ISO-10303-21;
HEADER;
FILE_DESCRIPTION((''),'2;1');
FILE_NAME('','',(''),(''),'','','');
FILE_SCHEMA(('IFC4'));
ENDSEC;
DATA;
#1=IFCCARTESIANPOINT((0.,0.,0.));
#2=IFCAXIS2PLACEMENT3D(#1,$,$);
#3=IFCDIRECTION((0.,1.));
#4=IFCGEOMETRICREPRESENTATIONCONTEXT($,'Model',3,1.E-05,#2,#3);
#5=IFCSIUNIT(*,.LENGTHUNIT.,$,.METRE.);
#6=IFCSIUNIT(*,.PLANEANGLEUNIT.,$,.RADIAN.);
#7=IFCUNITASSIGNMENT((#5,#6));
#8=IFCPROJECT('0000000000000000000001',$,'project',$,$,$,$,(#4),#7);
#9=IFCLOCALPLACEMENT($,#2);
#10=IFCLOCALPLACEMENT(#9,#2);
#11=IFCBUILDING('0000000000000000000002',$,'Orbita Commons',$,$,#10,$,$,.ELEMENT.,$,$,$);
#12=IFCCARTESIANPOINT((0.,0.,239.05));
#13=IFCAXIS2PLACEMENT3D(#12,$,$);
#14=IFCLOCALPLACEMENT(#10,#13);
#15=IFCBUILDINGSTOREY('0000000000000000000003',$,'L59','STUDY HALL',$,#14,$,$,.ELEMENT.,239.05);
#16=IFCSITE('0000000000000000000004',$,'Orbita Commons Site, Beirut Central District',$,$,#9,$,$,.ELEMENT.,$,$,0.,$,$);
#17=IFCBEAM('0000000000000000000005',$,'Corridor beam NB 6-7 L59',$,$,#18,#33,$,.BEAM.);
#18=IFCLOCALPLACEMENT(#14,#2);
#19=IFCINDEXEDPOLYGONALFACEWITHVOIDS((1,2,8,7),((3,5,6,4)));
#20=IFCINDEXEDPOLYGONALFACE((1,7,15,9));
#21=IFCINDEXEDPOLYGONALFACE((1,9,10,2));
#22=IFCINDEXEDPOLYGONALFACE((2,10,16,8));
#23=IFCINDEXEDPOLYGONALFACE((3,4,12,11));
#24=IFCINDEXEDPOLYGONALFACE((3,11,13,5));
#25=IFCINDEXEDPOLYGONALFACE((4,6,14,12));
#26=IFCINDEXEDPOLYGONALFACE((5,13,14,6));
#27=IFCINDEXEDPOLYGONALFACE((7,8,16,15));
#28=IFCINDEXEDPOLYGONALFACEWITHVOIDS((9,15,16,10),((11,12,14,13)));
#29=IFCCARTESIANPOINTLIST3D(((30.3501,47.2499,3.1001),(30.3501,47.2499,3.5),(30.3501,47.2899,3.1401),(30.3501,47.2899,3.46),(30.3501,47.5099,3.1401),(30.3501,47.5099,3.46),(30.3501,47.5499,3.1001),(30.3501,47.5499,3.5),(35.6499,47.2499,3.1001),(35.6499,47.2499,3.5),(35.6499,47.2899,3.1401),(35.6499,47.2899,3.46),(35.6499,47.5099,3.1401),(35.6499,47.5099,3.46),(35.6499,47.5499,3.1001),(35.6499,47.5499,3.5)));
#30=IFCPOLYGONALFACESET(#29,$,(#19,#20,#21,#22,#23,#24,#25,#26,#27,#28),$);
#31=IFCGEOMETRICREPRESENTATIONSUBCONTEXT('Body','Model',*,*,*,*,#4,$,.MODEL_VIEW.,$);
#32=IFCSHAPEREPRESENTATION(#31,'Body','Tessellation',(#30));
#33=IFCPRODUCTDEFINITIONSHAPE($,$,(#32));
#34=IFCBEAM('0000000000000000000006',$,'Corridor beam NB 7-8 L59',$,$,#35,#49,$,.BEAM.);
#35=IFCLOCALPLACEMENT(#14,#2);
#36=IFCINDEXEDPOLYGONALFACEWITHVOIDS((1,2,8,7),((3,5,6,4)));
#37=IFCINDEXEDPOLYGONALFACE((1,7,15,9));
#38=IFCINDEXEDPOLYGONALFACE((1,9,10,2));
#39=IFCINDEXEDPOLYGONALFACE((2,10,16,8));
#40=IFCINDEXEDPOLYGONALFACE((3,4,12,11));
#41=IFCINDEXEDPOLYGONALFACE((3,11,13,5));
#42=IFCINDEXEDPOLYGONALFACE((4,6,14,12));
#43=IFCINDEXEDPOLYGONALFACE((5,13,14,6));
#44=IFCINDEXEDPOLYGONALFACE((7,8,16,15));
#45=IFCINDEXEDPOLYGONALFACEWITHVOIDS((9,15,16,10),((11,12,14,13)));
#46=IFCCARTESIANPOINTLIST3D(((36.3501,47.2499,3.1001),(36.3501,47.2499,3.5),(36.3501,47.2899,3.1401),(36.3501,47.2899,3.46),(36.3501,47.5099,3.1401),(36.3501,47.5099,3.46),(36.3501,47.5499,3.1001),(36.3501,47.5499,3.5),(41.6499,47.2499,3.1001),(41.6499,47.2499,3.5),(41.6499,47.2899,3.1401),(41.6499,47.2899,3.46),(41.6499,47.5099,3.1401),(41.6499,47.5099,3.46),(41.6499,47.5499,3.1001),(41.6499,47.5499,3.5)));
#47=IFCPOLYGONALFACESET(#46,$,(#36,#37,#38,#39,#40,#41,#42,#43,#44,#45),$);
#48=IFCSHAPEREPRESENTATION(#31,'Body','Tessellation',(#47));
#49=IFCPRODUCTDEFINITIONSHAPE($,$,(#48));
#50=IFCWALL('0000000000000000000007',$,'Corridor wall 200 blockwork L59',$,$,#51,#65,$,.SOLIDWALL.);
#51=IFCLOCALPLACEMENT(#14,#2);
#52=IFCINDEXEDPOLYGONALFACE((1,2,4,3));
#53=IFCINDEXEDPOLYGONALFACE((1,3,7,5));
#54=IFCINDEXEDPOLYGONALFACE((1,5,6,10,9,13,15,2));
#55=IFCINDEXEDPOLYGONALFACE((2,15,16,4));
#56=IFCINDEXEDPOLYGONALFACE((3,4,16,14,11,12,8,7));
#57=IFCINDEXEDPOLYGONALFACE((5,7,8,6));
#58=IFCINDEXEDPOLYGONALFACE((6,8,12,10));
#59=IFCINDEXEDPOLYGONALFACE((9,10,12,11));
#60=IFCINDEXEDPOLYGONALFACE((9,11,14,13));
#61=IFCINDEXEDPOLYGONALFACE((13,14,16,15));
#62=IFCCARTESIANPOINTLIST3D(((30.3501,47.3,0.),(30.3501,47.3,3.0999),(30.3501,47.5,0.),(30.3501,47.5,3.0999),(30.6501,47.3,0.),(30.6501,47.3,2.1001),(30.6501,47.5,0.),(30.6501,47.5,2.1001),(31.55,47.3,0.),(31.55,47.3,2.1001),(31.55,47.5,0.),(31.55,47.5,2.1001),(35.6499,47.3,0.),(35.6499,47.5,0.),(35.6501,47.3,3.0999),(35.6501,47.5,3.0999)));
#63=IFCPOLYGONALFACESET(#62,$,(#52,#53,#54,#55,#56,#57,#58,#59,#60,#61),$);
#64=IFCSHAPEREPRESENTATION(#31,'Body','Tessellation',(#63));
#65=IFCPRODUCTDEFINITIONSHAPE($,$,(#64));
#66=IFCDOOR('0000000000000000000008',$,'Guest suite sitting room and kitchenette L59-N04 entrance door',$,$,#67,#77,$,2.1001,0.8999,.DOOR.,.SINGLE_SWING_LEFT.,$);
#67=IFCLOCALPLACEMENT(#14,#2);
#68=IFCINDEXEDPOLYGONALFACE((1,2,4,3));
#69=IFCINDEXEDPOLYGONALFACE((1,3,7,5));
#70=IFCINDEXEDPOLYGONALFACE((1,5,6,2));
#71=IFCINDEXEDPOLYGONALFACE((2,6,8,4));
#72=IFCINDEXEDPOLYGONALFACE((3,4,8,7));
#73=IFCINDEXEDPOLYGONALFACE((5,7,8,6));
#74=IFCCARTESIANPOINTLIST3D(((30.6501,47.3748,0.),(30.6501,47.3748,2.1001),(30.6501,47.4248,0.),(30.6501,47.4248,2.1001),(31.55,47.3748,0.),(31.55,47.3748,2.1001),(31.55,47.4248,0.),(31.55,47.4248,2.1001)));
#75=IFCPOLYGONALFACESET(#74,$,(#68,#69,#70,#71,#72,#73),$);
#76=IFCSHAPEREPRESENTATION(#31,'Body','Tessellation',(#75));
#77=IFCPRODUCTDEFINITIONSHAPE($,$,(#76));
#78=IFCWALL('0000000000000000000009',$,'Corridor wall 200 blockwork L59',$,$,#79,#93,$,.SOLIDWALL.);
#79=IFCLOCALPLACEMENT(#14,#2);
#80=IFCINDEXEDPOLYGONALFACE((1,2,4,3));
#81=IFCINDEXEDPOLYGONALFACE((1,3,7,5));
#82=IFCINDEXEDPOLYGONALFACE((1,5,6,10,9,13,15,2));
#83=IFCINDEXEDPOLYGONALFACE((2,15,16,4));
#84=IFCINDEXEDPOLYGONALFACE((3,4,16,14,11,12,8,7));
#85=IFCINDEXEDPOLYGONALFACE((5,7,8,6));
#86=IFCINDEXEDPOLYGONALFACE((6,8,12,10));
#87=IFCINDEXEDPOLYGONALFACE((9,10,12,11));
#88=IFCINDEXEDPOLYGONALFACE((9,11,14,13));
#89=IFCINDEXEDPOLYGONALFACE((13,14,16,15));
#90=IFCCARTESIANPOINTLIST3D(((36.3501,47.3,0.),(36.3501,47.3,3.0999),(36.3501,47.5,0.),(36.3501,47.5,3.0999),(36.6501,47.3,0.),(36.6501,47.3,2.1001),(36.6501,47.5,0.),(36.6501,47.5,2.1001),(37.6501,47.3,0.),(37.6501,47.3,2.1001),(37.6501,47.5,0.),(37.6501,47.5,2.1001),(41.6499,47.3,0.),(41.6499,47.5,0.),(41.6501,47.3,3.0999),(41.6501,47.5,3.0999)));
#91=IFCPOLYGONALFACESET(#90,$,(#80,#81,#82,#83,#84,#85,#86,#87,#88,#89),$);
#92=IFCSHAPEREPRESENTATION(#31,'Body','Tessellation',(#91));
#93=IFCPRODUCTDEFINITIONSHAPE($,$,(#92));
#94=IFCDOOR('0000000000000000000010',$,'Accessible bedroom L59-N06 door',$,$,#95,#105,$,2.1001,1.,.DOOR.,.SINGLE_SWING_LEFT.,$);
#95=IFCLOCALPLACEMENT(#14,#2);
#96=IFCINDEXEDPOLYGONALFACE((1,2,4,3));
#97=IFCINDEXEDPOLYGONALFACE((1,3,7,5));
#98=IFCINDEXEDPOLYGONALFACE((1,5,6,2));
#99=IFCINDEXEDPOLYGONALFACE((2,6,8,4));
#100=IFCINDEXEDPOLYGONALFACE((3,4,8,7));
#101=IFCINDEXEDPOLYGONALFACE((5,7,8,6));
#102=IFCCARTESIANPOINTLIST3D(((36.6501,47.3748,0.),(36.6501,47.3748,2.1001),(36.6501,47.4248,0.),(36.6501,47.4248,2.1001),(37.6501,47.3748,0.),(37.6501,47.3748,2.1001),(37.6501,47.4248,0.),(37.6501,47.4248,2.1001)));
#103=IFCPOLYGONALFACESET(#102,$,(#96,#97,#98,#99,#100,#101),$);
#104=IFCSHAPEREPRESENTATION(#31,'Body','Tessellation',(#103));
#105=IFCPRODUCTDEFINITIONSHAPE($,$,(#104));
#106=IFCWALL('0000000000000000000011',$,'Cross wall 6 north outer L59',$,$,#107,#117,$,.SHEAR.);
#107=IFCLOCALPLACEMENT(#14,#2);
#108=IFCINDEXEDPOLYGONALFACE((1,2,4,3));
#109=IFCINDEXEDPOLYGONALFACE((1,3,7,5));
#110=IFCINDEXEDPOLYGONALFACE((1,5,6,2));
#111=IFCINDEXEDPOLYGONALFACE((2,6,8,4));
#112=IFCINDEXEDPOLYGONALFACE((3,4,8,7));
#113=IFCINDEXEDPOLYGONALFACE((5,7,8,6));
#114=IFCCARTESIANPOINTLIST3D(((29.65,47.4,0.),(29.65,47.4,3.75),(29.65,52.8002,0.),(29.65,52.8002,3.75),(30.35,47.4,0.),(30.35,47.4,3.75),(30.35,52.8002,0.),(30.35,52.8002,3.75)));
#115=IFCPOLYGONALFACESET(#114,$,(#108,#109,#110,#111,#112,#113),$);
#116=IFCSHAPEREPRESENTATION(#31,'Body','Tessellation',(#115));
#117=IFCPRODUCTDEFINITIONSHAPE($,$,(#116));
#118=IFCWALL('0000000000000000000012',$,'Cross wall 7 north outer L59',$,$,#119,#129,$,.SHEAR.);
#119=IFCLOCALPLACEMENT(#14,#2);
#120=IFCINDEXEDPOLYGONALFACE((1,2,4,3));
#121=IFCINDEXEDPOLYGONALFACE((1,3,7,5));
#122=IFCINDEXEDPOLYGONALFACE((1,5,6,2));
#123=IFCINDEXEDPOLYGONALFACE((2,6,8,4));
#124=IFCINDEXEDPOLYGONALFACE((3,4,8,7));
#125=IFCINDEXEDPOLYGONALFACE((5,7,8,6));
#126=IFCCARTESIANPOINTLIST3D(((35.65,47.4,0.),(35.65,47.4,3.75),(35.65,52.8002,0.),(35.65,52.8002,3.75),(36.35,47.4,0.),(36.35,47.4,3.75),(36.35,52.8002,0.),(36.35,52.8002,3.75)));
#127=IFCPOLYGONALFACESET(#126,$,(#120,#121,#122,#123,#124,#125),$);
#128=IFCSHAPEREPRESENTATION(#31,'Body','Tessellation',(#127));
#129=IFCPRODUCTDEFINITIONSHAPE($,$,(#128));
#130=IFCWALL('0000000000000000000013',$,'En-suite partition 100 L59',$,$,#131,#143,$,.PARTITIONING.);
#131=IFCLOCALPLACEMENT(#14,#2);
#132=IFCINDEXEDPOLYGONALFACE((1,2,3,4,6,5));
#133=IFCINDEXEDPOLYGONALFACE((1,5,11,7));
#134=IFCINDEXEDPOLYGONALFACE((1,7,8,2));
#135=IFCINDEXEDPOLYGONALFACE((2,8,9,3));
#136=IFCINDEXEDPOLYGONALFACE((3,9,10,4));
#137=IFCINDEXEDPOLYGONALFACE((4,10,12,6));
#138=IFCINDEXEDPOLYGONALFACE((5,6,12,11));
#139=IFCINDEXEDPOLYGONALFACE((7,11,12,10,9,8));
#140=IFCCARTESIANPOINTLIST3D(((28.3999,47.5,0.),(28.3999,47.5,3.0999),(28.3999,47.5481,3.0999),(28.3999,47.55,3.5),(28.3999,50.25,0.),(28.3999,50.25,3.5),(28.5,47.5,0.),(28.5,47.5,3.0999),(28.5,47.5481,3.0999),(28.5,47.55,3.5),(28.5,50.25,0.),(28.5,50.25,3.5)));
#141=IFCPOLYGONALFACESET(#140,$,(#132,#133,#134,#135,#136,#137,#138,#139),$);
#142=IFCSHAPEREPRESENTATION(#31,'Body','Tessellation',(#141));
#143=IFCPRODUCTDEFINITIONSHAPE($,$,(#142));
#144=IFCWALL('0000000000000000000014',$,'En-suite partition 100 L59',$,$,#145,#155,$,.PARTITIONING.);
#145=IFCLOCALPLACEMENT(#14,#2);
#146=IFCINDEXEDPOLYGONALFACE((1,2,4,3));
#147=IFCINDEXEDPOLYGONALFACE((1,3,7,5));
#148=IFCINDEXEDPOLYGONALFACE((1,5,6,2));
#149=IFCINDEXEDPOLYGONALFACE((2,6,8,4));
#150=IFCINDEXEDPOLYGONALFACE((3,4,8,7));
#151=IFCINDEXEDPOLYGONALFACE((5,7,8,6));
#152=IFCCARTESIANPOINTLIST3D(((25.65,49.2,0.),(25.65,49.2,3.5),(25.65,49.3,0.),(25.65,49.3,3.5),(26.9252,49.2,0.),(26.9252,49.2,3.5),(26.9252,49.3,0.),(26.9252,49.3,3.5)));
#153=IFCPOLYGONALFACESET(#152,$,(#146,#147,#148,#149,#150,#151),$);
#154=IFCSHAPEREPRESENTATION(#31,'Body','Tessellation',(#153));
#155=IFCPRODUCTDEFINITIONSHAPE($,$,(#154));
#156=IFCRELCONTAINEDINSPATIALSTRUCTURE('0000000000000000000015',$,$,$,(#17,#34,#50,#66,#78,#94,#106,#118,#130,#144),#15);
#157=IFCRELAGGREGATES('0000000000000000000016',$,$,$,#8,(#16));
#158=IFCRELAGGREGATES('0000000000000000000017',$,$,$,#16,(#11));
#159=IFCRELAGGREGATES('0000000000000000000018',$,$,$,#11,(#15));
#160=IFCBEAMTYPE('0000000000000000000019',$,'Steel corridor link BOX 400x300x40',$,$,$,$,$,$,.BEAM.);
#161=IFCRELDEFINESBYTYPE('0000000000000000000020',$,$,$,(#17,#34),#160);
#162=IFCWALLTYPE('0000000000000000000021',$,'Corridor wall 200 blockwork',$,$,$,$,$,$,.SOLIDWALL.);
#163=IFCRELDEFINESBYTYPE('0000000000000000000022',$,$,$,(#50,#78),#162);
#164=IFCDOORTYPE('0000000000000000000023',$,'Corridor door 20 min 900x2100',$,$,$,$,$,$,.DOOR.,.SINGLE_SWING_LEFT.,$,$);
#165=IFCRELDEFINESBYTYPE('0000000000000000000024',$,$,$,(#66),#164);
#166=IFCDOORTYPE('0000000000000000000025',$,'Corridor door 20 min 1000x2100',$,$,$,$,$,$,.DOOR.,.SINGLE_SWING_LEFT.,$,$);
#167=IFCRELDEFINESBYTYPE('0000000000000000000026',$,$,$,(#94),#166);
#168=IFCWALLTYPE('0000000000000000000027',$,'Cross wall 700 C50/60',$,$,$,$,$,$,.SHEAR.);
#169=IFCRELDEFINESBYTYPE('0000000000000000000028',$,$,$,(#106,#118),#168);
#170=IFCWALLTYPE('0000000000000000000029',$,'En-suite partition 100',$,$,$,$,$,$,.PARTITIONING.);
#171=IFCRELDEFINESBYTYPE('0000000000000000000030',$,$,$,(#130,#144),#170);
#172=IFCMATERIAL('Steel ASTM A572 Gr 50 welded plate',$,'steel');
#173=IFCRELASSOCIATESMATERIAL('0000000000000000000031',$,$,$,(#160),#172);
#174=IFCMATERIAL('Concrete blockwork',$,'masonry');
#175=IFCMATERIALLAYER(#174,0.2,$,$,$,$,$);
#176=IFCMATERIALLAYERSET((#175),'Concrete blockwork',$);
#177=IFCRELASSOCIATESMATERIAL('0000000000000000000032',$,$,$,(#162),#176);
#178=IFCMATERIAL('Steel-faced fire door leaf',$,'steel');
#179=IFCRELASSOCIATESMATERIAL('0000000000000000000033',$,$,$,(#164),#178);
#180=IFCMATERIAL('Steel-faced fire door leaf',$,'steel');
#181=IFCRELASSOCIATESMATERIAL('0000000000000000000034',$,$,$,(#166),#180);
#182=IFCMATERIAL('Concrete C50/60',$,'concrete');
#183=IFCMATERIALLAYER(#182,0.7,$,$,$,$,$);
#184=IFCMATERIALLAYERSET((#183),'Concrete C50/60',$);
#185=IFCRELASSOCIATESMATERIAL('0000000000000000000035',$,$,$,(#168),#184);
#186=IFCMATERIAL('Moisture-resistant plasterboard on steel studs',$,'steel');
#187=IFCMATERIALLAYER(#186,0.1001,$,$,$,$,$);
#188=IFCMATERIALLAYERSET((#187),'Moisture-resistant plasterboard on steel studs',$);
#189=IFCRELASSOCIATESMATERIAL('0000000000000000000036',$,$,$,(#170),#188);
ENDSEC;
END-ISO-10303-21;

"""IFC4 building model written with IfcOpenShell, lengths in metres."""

from ifc_helpers import new_model, si_unit, direction, frame, frame_2d, origin, origin_2d, place, context, subcontext, project, spatial, polyline, rectangle, hollow_rectangle, outline, extrude, material, layer, layer_set, material_profile, profile_set, type_object, element, fill, save


model = new_model("IFC4")

# Units and contexts
model_context = context("Model", 3, precision=1e-05, world=origin(), true_north=direction((0.0, 1.0)))
body_context = subcontext(model_context, "Body", "Model", "MODEL_VIEW")
ifc_project = project(units=[si_unit("LENGTHUNIT", "METRE"), si_unit("PLANEANGLEUNIT", "RADIAN")], contexts=[model_context])

# Site, building, storey
site_placement = place(None, origin())
site = spatial("IfcSite", under=ifc_project, at=site_placement, Name="Orbita Commons Site, Beirut Central District", CompositionType="ELEMENT", RefElevation=0.0)
building_placement = place(site_placement, origin())
building = spatial("IfcBuilding", under=site, at=building_placement, Name="Orbita Commons", CompositionType="ELEMENT")
storey_placement = place(building_placement, frame((0.0, 0.0, 239.05)))
storey = spatial("IfcBuildingStorey", under=building, at=storey_placement, Name="L59", Description="STUDY HALL", CompositionType="ELEMENT", Elevation=239.05)

# Beams
ifc_material_1 = material(Name="Steel ASTM A572 Gr 50 welded plate", Category="steel")
ifc_material_profile = material_profile(ifc_material_1, hollow_rectangle(XDim=0.3, YDim=0.3999, WallThickness=0.04, at=origin_2d()), Name="BOX 400x300x40")
ifc_profile_set = profile_set([ifc_material_profile], Name="Steel ASTM A572 Gr 50 welded plate")
beam_type = type_object("IfcBeamType", Name="Steel corridor link BOX 400x300x40", PredefinedType="BEAM", material=ifc_profile_set)
for number, where, z_axis, x_axis, name in (
    (1, (30.3501, 47.3999, 3.3), (1.0, 0.0, 0.0), (0.0, 1.0, 0.0), "Corridor beam NB 6-7 L59"),
    (2, (36.3501, 47.3999, 3.3), (1.0, 0.0, 0.0), (0.0, 1.0, 0.0), "Corridor beam NB 7-8 L59"),
):
    element("IfcBeam", number, at=place(storey_placement, frame(where, z_axis=z_axis, x_axis=x_axis)), inside=storey, type_object=beam_type, Name=name, PredefinedType="BEAM", context=body_context, shape_type="SweptSolid", body=[
        extrude(hollow_rectangle(XDim=0.3, YDim=0.3999, WallThickness=0.04, at=origin_2d()), origin(), (0.0, 0.0, 1.0), 5.2998),
    ])

# Walls, openings, doors
ifc_material_2 = material(Name="Concrete blockwork", Category="masonry")
ifc_layer_1 = layer(ifc_material_2, 0.2)
ifc_layer_set_1 = layer_set([ifc_layer_1], Name="Concrete blockwork")
wall_type_1 = type_object("IfcWallType", Name="Corridor wall 200 blockwork", PredefinedType="SOLIDWALL", material=ifc_layer_set_1)
wall_1_placement = place(storey_placement, frame((30.3501, 47.3999, 0.0), z_axis=(0.0, 0.0, 1.0), x_axis=(1.0, 0.0, 0.0)))
wall_1 = element("IfcWall", 3, at=wall_1_placement, inside=storey, type_object=wall_type_1, Name="Corridor wall 200 blockwork L59", PredefinedType="SOLIDWALL", context=body_context, shape_type="SweptSolid", body=[
    extrude(outline(polyline([(0.0, 0.0), (5.2998, 0.0), (5.3, 3.0999), (0.0, 3.0999), (0.0, 0.0)])), frame((0.0, 0.1001, 0.0), z_axis=(0.0, -1.0, 0.0), x_axis=(1.0, 0.0, 0.0)), (0.0, 0.0, 1.0), 0.2),
])
opening_1_placement = place(wall_1_placement, frame((0.3, 0.0, 0.0)))
opening_1 = element("IfcOpeningElement", 4, at=opening_1_placement, cuts=wall_1, PredefinedType="OPENING", context=body_context, shape_type="SweptSolid", body=[
    extrude(rectangle(XDim=0.8999, YDim=2.1001, at=frame_2d((0.45, 1.05))), frame((0.0, 0.1099, 0.0), z_axis=(0.0, -1.0, 0.0), x_axis=(1.0, 0.0, 0.0)), (0.0, 0.0, 1.0), 0.22),
])
ifc_material_3 = material(Name="Steel-faced fire door leaf", Category="steel")
door_type_1 = type_object("IfcDoorType", Name="Corridor door 20 min 900x2100", OperationType="SINGLE_SWING_LEFT", PredefinedType="DOOR", material=ifc_material_3)
door_1_placement = place(opening_1_placement, origin())
door_1 = element("IfcDoor", 5, at=door_1_placement, inside=storey, type_object=door_type_1, Name="Guest suite sitting room and kitchenette L59-N04 entrance door", OperationType="SINGLE_SWING_LEFT", OverallHeight=2.1001, OverallWidth=0.8999, PredefinedType="DOOR", context=body_context, shape_type="SweptSolid", body=[
    extrude(rectangle(XDim=0.8999, YDim=2.1001, at=frame_2d((0.45, 1.05))), frame((0.0, 0.0249, 0.0), z_axis=(0.0, -1.0, 0.0), x_axis=(1.0, 0.0, 0.0)), (0.0, 0.0, 1.0), 0.05),
])
fill(opening_1, door_1)
wall_2_placement = place(storey_placement, frame((36.3501, 47.3999, 0.0), z_axis=(0.0, 0.0, 1.0), x_axis=(1.0, 0.0, 0.0)))
wall_2 = element("IfcWall", 6, at=wall_2_placement, inside=storey, type_object=wall_type_1, Name="Corridor wall 200 blockwork L59", PredefinedType="SOLIDWALL", context=body_context, shape_type="SweptSolid", body=[
    extrude(outline(polyline([(0.0, 0.0), (5.2998, 0.0), (5.3, 3.0999), (0.0, 3.0999), (0.0, 0.0)])), frame((0.0, 0.1001, 0.0), z_axis=(0.0, -1.0, 0.0), x_axis=(1.0, 0.0, 0.0)), (0.0, 0.0, 1.0), 0.2),
])
opening_2_placement = place(wall_2_placement, frame((0.3, 0.0, 0.0)))
opening_2 = element("IfcOpeningElement", 7, at=opening_2_placement, cuts=wall_2, PredefinedType="OPENING", context=body_context, shape_type="SweptSolid", body=[
    extrude(rectangle(XDim=1.0, YDim=2.1001, at=frame_2d((0.5, 1.05))), frame((0.0, 0.1099, 0.0), z_axis=(0.0, -1.0, 0.0), x_axis=(1.0, 0.0, 0.0)), (0.0, 0.0, 1.0), 0.22),
])
ifc_material_4 = material(Name="Steel-faced fire door leaf", Category="steel")
door_type_2 = type_object("IfcDoorType", Name="Corridor door 20 min 1000x2100", OperationType="SINGLE_SWING_LEFT", PredefinedType="DOOR", material=ifc_material_4)
door_2_placement = place(opening_2_placement, origin())
door_2 = element("IfcDoor", 8, at=door_2_placement, inside=storey, type_object=door_type_2, Name="Accessible bedroom L59-N06 door", OperationType="SINGLE_SWING_LEFT", OverallHeight=2.1001, OverallWidth=1.0, PredefinedType="DOOR", context=body_context, shape_type="SweptSolid", body=[
    extrude(rectangle(XDim=1.0, YDim=2.1001, at=frame_2d((0.5, 1.05))), frame((0.0, 0.0249, 0.0), z_axis=(0.0, -1.0, 0.0), x_axis=(1.0, 0.0, 0.0)), (0.0, 0.0, 1.0), 0.05),
])
fill(opening_2, door_2)

# Walls
ifc_material_5 = material(Name="Concrete C50/60", Category="concrete")
ifc_layer_2 = layer(ifc_material_5, 0.7)
ifc_layer_set_2 = layer_set([ifc_layer_2], Name="Concrete C50/60")
wall_type_2 = type_object("IfcWallType", Name="Cross wall 700 C50/60", PredefinedType="SHEAR", material=ifc_layer_set_2)
for number, where, z_axis, x_axis, name in (
    (9, (30.0, 47.3999, 0.0), (0.0, 0.0, 1.0), (0.0, 1.0, 0.0), "Cross wall 6 north outer L59"),
    (10, (36.0, 47.3999, 0.0), (0.0, 0.0, 1.0), (0.0, 1.0, 0.0), "Cross wall 7 north outer L59"),
):
    element("IfcWall", number, at=place(storey_placement, frame(where, z_axis=z_axis, x_axis=x_axis)), inside=storey, type_object=wall_type_2, Name=name, PredefinedType="SHEAR", context=body_context, shape_type="SweptSolid", body=[
        extrude(rectangle(XDim=5.4001, YDim=0.7, at=frame_2d((2.7002, 0.0))), origin(), (0.0, 0.0, 1.0), 3.75),
    ])
ifc_material_6 = material(Name="Moisture-resistant plasterboard on steel studs", Category="steel")
ifc_layer_3 = layer(ifc_material_6, 0.1001)
ifc_layer_set_3 = layer_set([ifc_layer_3], Name="Moisture-resistant plasterboard on steel studs")
wall_type_3 = type_object("IfcWallType", Name="En-suite partition 100", PredefinedType="PARTITIONING", material=ifc_layer_set_3)
wall_3_placement = place(storey_placement, frame((28.45, 50.25, 0.0), z_axis=(0.0, 0.0, 1.0), x_axis=(0.0, -1.0, 0.0)))
element("IfcWall", 11, at=wall_3_placement, inside=storey, type_object=wall_type_3, Name="En-suite partition 100 L59", PredefinedType="PARTITIONING", context=body_context, shape_type="SweptSolid", body=[
    extrude(outline(polyline([(0.0, 0.0), (2.75, 0.0), (2.75, 3.0999), (2.7019, 3.0999), (2.7, 3.5), (0.0, 3.5), (0.0, 0.0)])), frame((0.0, 0.05, 0.0), z_axis=(0.0, -1.0, 0.0), x_axis=(1.0, 0.0, 0.0)), (0.0, 0.0, 1.0), 0.1001),
])
wall_4_placement = place(storey_placement, frame((25.6499, 49.25, 0.0), z_axis=(0.0, 0.0, 1.0), x_axis=(1.0, 0.0, 0.0)))
element("IfcWall", 12, at=wall_4_placement, inside=storey, type_object=wall_type_3, Name="En-suite partition 100 L59", PredefinedType="PARTITIONING", context=body_context, shape_type="SweptSolid", body=[
    extrude(rectangle(XDim=1.2751, YDim=0.1001, at=frame_2d((0.6377, 0.0))), origin(), (0.0, 0.0, 1.0), 3.5),
])

save(model, "model.ifc")
